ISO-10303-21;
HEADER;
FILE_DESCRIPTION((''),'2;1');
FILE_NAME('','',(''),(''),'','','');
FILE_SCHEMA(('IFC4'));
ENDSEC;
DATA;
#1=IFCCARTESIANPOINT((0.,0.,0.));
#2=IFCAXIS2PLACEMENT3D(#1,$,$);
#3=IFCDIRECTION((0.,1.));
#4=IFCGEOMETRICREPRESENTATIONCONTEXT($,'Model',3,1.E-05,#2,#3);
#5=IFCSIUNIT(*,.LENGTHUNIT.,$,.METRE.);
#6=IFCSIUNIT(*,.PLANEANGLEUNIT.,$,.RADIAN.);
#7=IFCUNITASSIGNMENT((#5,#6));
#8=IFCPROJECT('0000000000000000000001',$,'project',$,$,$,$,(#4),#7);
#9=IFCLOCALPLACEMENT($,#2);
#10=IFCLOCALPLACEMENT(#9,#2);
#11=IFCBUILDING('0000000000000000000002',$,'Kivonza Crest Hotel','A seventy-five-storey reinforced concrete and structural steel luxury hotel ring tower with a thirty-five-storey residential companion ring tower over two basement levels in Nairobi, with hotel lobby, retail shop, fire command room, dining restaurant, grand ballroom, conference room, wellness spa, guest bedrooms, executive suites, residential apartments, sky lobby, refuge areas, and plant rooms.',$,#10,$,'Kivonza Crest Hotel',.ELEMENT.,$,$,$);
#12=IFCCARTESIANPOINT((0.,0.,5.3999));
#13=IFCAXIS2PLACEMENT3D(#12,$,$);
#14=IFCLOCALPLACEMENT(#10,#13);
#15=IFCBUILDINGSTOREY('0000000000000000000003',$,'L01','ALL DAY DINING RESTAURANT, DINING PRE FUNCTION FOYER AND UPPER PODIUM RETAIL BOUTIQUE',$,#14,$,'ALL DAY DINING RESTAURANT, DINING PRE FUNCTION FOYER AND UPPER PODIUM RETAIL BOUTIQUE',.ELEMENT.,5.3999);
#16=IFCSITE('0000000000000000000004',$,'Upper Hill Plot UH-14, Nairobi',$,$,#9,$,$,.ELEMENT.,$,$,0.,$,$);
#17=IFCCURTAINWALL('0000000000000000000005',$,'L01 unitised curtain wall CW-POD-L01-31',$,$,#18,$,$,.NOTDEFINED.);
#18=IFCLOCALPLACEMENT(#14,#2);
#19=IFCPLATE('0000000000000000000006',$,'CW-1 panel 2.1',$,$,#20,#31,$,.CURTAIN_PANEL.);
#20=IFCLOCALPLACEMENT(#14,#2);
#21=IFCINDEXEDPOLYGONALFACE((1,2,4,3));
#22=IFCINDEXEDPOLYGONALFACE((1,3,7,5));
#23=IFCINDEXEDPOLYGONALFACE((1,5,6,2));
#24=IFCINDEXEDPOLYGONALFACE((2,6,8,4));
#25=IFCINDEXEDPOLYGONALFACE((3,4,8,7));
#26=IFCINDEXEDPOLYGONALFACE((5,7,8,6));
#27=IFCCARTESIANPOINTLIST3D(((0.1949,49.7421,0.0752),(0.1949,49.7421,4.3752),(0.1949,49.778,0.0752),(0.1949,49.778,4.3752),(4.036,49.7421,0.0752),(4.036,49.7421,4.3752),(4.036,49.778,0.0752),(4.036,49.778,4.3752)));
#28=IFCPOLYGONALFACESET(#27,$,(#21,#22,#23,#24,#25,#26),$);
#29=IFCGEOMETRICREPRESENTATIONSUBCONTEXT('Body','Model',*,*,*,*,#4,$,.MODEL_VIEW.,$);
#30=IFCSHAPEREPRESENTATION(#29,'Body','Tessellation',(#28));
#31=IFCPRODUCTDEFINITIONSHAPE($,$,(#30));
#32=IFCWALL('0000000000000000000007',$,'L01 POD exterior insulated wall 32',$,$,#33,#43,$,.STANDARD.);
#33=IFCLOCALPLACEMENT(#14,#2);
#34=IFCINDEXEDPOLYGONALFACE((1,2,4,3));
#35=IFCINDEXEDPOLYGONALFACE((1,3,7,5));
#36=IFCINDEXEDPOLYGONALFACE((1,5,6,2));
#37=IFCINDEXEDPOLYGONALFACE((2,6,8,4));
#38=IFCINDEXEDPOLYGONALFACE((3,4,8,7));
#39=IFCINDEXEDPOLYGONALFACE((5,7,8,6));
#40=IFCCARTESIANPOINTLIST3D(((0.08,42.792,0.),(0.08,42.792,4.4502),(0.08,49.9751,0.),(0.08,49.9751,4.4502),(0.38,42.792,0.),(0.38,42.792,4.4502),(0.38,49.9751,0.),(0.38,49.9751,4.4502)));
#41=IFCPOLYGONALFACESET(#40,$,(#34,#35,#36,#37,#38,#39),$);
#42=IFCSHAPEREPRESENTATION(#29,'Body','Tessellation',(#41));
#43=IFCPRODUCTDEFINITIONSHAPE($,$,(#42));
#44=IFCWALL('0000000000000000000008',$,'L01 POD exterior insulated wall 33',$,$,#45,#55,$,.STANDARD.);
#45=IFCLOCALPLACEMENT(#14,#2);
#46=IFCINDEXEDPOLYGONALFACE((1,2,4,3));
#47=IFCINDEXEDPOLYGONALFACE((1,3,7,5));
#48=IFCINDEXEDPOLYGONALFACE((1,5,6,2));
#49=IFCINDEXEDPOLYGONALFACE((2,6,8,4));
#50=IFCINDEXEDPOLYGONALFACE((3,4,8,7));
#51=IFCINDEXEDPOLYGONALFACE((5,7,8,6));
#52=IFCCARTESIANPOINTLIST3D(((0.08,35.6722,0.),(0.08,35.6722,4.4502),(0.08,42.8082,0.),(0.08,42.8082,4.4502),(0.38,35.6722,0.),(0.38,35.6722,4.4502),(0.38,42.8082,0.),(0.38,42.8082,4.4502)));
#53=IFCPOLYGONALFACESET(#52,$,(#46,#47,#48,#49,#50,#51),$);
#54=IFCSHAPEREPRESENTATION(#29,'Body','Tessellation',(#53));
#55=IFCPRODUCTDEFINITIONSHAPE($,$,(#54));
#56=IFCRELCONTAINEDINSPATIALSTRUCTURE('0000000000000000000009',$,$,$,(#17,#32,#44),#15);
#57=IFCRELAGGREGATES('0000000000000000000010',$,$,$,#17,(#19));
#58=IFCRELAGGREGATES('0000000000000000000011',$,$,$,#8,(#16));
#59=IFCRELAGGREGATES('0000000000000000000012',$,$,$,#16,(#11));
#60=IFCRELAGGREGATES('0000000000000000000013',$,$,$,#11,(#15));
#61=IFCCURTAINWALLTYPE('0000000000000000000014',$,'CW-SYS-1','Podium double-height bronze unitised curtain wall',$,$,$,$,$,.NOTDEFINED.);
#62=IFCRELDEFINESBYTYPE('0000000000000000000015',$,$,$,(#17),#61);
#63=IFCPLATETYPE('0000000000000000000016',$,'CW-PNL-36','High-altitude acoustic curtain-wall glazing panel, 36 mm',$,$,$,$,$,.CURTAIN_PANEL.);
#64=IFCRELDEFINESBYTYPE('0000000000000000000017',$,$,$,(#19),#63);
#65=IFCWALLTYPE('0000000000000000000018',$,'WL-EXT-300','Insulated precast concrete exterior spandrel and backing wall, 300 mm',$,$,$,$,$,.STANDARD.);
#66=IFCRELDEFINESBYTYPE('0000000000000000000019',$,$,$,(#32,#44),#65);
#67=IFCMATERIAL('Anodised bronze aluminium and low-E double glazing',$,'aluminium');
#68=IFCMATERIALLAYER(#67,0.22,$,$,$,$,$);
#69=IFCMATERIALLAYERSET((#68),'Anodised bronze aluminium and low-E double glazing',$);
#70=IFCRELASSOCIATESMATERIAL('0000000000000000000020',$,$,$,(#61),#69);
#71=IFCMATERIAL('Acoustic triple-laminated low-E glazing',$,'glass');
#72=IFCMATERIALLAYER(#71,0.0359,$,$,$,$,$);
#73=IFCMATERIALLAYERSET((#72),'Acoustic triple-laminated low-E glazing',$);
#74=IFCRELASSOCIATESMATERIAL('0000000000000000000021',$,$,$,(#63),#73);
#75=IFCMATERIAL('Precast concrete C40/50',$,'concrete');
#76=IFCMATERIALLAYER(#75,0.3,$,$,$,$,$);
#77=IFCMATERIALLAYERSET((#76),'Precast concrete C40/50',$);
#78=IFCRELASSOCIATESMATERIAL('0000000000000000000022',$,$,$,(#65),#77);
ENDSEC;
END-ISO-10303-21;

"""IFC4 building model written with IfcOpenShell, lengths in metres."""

from ifc_helpers import new_model, si_unit, direction, frame, frame_2d, origin, origin_2d, place, context, subcontext, project, spatial, rectangle, extrude, material, layer, layer_set, type_object, element, aggregate, save


model = new_model("IFC4")

# Units and contexts
model_context = context("Model", 3, precision=1e-05, world=origin(), true_north=direction((0.0, 1.0)))
body_context = subcontext(model_context, "Body", "Model", "MODEL_VIEW")
ifc_project = project(units=[si_unit("LENGTHUNIT", "METRE"), si_unit("PLANEANGLEUNIT", "RADIAN")], contexts=[model_context])

# Site, building, storey
site_placement = place(None, origin())
site = spatial("IfcSite", under=ifc_project, at=site_placement, Name="Upper Hill Plot UH-14, Nairobi", CompositionType="ELEMENT", RefElevation=0.0)
building_placement = place(site_placement, origin())
building = spatial("IfcBuilding", under=site, at=building_placement, Name="Kivonza Crest Hotel", Description="A seventy-five-storey reinforced concrete and structural steel luxury hotel ring tower with a thirty-five-storey residential companion ring tower over two basement levels in Nairobi, with hotel lobby, retail shop, fire command room, dining restaurant, grand ballroom, conference room, wellness spa, guest bedrooms, executive suites, residential apartments, sky lobby, refuge areas, and plant rooms.", LongName="Kivonza Crest Hotel", CompositionType="ELEMENT")
storey_placement = place(building_placement, frame((0.0, 0.0, 5.3999)))
storey = spatial("IfcBuildingStorey", under=building, at=storey_placement, Name="L01", Description="ALL DAY DINING RESTAURANT, DINING PRE FUNCTION FOYER AND UPPER PODIUM RETAIL BOUTIQUE", LongName="ALL DAY DINING RESTAURANT, DINING PRE FUNCTION FOYER AND UPPER PODIUM RETAIL BOUTIQUE", CompositionType="ELEMENT", Elevation=5.3999)

# Shared definitions
ifc_material_1 = material(Name="Anodised bronze aluminium and low-E double glazing", Category="aluminium")
ifc_layer_1 = layer(ifc_material_1, 0.22)
ifc_layer_set_1 = layer_set([ifc_layer_1], Name="Anodised bronze aluminium and low-E double glazing")
curtain_wall_type = type_object("IfcCurtainWallType", Name="CW-SYS-1", Description="Podium double-height bronze unitised curtain wall", PredefinedType="NOTDEFINED", material=ifc_layer_set_1)

# Curtain wall
curtain_wall_1_placement = place(storey_placement, origin())
curtain_wall_1 = element("IfcCurtainWall", 1, at=curtain_wall_1_placement, inside=storey, type_object=curtain_wall_type, Name="L01 unitised curtain wall CW-POD-L01-31", PredefinedType="NOTDEFINED")

# Plate
ifc_material_2 = material(Name="Acoustic triple-laminated low-E glazing", Category="glass")
ifc_layer_2 = layer(ifc_material_2, 0.0359)
ifc_layer_set_2 = layer_set([ifc_layer_2], Name="Acoustic triple-laminated low-E glazing")
plate_type = type_object("IfcPlateType", Name="CW-PNL-36", Description="High-altitude acoustic curtain-wall glazing panel, 36 mm", PredefinedType="CURTAIN_PANEL", material=ifc_layer_set_2)
plate_1_placement = place(storey_placement, frame((2.1155, 49.76, 0.0752), z_axis=(0.0, 0.0, 1.0), x_axis=(-1.0, 0.0, 0.0)))
plate_1 = element("IfcPlate", 2, at=plate_1_placement, type_object=plate_type, Name="CW-1 panel 2.1", PredefinedType="CURTAIN_PANEL", context=body_context, shape_type="SweptSolid", body=[
    extrude(rectangle(XDim=3.8411, YDim=0.0359, at=origin_2d()), origin(), (0.0, 0.0, 1.0), 4.3),
])
aggregate(curtain_wall_1, [plate_1])

# Walls
ifc_material_3 = material(Name="Precast concrete C40/50", Category="concrete")
ifc_layer_3 = layer(ifc_material_3, 0.3)
ifc_layer_set_3 = layer_set([ifc_layer_3], Name="Precast concrete C40/50")
wall_type = type_object("IfcWallType", Name="WL-EXT-300", Description="Insulated precast concrete exterior spandrel and backing wall, 300 mm", PredefinedType="STANDARD", material=ifc_layer_set_3)
wall_1_placement = place(storey_placement, frame((0.23, 49.9751, 0.0), z_axis=(0.0, 0.0, 1.0), x_axis=(0.0, -1.0, 0.0)))
element("IfcWall", 3, at=wall_1_placement, inside=storey, type_object=wall_type, Name="L01 POD exterior insulated wall 32", PredefinedType="STANDARD", context=body_context, shape_type="SweptSolid", body=[
    extrude(rectangle(XDim=7.1831, YDim=0.3, at=frame_2d((3.5916, 0.0))), origin(), (0.0, 0.0, 1.0), 4.4502),
])
wall_2_placement = place(storey_placement, frame((0.23, 42.8081, 0.0), z_axis=(0.0, 0.0, 1.0), x_axis=(0.0, -1.0, 0.0)))
element("IfcWall", 4, at=wall_2_placement, inside=storey, type_object=wall_type, Name="L01 POD exterior insulated wall 33", PredefinedType="STANDARD", context=body_context, shape_type="SweptSolid", body=[
    extrude(rectangle(XDim=7.136, YDim=0.3, at=frame_2d((3.5679, 0.0))), origin(), (0.0, 0.0, 1.0), 4.4502),
])

save(model, "model.ifc")
